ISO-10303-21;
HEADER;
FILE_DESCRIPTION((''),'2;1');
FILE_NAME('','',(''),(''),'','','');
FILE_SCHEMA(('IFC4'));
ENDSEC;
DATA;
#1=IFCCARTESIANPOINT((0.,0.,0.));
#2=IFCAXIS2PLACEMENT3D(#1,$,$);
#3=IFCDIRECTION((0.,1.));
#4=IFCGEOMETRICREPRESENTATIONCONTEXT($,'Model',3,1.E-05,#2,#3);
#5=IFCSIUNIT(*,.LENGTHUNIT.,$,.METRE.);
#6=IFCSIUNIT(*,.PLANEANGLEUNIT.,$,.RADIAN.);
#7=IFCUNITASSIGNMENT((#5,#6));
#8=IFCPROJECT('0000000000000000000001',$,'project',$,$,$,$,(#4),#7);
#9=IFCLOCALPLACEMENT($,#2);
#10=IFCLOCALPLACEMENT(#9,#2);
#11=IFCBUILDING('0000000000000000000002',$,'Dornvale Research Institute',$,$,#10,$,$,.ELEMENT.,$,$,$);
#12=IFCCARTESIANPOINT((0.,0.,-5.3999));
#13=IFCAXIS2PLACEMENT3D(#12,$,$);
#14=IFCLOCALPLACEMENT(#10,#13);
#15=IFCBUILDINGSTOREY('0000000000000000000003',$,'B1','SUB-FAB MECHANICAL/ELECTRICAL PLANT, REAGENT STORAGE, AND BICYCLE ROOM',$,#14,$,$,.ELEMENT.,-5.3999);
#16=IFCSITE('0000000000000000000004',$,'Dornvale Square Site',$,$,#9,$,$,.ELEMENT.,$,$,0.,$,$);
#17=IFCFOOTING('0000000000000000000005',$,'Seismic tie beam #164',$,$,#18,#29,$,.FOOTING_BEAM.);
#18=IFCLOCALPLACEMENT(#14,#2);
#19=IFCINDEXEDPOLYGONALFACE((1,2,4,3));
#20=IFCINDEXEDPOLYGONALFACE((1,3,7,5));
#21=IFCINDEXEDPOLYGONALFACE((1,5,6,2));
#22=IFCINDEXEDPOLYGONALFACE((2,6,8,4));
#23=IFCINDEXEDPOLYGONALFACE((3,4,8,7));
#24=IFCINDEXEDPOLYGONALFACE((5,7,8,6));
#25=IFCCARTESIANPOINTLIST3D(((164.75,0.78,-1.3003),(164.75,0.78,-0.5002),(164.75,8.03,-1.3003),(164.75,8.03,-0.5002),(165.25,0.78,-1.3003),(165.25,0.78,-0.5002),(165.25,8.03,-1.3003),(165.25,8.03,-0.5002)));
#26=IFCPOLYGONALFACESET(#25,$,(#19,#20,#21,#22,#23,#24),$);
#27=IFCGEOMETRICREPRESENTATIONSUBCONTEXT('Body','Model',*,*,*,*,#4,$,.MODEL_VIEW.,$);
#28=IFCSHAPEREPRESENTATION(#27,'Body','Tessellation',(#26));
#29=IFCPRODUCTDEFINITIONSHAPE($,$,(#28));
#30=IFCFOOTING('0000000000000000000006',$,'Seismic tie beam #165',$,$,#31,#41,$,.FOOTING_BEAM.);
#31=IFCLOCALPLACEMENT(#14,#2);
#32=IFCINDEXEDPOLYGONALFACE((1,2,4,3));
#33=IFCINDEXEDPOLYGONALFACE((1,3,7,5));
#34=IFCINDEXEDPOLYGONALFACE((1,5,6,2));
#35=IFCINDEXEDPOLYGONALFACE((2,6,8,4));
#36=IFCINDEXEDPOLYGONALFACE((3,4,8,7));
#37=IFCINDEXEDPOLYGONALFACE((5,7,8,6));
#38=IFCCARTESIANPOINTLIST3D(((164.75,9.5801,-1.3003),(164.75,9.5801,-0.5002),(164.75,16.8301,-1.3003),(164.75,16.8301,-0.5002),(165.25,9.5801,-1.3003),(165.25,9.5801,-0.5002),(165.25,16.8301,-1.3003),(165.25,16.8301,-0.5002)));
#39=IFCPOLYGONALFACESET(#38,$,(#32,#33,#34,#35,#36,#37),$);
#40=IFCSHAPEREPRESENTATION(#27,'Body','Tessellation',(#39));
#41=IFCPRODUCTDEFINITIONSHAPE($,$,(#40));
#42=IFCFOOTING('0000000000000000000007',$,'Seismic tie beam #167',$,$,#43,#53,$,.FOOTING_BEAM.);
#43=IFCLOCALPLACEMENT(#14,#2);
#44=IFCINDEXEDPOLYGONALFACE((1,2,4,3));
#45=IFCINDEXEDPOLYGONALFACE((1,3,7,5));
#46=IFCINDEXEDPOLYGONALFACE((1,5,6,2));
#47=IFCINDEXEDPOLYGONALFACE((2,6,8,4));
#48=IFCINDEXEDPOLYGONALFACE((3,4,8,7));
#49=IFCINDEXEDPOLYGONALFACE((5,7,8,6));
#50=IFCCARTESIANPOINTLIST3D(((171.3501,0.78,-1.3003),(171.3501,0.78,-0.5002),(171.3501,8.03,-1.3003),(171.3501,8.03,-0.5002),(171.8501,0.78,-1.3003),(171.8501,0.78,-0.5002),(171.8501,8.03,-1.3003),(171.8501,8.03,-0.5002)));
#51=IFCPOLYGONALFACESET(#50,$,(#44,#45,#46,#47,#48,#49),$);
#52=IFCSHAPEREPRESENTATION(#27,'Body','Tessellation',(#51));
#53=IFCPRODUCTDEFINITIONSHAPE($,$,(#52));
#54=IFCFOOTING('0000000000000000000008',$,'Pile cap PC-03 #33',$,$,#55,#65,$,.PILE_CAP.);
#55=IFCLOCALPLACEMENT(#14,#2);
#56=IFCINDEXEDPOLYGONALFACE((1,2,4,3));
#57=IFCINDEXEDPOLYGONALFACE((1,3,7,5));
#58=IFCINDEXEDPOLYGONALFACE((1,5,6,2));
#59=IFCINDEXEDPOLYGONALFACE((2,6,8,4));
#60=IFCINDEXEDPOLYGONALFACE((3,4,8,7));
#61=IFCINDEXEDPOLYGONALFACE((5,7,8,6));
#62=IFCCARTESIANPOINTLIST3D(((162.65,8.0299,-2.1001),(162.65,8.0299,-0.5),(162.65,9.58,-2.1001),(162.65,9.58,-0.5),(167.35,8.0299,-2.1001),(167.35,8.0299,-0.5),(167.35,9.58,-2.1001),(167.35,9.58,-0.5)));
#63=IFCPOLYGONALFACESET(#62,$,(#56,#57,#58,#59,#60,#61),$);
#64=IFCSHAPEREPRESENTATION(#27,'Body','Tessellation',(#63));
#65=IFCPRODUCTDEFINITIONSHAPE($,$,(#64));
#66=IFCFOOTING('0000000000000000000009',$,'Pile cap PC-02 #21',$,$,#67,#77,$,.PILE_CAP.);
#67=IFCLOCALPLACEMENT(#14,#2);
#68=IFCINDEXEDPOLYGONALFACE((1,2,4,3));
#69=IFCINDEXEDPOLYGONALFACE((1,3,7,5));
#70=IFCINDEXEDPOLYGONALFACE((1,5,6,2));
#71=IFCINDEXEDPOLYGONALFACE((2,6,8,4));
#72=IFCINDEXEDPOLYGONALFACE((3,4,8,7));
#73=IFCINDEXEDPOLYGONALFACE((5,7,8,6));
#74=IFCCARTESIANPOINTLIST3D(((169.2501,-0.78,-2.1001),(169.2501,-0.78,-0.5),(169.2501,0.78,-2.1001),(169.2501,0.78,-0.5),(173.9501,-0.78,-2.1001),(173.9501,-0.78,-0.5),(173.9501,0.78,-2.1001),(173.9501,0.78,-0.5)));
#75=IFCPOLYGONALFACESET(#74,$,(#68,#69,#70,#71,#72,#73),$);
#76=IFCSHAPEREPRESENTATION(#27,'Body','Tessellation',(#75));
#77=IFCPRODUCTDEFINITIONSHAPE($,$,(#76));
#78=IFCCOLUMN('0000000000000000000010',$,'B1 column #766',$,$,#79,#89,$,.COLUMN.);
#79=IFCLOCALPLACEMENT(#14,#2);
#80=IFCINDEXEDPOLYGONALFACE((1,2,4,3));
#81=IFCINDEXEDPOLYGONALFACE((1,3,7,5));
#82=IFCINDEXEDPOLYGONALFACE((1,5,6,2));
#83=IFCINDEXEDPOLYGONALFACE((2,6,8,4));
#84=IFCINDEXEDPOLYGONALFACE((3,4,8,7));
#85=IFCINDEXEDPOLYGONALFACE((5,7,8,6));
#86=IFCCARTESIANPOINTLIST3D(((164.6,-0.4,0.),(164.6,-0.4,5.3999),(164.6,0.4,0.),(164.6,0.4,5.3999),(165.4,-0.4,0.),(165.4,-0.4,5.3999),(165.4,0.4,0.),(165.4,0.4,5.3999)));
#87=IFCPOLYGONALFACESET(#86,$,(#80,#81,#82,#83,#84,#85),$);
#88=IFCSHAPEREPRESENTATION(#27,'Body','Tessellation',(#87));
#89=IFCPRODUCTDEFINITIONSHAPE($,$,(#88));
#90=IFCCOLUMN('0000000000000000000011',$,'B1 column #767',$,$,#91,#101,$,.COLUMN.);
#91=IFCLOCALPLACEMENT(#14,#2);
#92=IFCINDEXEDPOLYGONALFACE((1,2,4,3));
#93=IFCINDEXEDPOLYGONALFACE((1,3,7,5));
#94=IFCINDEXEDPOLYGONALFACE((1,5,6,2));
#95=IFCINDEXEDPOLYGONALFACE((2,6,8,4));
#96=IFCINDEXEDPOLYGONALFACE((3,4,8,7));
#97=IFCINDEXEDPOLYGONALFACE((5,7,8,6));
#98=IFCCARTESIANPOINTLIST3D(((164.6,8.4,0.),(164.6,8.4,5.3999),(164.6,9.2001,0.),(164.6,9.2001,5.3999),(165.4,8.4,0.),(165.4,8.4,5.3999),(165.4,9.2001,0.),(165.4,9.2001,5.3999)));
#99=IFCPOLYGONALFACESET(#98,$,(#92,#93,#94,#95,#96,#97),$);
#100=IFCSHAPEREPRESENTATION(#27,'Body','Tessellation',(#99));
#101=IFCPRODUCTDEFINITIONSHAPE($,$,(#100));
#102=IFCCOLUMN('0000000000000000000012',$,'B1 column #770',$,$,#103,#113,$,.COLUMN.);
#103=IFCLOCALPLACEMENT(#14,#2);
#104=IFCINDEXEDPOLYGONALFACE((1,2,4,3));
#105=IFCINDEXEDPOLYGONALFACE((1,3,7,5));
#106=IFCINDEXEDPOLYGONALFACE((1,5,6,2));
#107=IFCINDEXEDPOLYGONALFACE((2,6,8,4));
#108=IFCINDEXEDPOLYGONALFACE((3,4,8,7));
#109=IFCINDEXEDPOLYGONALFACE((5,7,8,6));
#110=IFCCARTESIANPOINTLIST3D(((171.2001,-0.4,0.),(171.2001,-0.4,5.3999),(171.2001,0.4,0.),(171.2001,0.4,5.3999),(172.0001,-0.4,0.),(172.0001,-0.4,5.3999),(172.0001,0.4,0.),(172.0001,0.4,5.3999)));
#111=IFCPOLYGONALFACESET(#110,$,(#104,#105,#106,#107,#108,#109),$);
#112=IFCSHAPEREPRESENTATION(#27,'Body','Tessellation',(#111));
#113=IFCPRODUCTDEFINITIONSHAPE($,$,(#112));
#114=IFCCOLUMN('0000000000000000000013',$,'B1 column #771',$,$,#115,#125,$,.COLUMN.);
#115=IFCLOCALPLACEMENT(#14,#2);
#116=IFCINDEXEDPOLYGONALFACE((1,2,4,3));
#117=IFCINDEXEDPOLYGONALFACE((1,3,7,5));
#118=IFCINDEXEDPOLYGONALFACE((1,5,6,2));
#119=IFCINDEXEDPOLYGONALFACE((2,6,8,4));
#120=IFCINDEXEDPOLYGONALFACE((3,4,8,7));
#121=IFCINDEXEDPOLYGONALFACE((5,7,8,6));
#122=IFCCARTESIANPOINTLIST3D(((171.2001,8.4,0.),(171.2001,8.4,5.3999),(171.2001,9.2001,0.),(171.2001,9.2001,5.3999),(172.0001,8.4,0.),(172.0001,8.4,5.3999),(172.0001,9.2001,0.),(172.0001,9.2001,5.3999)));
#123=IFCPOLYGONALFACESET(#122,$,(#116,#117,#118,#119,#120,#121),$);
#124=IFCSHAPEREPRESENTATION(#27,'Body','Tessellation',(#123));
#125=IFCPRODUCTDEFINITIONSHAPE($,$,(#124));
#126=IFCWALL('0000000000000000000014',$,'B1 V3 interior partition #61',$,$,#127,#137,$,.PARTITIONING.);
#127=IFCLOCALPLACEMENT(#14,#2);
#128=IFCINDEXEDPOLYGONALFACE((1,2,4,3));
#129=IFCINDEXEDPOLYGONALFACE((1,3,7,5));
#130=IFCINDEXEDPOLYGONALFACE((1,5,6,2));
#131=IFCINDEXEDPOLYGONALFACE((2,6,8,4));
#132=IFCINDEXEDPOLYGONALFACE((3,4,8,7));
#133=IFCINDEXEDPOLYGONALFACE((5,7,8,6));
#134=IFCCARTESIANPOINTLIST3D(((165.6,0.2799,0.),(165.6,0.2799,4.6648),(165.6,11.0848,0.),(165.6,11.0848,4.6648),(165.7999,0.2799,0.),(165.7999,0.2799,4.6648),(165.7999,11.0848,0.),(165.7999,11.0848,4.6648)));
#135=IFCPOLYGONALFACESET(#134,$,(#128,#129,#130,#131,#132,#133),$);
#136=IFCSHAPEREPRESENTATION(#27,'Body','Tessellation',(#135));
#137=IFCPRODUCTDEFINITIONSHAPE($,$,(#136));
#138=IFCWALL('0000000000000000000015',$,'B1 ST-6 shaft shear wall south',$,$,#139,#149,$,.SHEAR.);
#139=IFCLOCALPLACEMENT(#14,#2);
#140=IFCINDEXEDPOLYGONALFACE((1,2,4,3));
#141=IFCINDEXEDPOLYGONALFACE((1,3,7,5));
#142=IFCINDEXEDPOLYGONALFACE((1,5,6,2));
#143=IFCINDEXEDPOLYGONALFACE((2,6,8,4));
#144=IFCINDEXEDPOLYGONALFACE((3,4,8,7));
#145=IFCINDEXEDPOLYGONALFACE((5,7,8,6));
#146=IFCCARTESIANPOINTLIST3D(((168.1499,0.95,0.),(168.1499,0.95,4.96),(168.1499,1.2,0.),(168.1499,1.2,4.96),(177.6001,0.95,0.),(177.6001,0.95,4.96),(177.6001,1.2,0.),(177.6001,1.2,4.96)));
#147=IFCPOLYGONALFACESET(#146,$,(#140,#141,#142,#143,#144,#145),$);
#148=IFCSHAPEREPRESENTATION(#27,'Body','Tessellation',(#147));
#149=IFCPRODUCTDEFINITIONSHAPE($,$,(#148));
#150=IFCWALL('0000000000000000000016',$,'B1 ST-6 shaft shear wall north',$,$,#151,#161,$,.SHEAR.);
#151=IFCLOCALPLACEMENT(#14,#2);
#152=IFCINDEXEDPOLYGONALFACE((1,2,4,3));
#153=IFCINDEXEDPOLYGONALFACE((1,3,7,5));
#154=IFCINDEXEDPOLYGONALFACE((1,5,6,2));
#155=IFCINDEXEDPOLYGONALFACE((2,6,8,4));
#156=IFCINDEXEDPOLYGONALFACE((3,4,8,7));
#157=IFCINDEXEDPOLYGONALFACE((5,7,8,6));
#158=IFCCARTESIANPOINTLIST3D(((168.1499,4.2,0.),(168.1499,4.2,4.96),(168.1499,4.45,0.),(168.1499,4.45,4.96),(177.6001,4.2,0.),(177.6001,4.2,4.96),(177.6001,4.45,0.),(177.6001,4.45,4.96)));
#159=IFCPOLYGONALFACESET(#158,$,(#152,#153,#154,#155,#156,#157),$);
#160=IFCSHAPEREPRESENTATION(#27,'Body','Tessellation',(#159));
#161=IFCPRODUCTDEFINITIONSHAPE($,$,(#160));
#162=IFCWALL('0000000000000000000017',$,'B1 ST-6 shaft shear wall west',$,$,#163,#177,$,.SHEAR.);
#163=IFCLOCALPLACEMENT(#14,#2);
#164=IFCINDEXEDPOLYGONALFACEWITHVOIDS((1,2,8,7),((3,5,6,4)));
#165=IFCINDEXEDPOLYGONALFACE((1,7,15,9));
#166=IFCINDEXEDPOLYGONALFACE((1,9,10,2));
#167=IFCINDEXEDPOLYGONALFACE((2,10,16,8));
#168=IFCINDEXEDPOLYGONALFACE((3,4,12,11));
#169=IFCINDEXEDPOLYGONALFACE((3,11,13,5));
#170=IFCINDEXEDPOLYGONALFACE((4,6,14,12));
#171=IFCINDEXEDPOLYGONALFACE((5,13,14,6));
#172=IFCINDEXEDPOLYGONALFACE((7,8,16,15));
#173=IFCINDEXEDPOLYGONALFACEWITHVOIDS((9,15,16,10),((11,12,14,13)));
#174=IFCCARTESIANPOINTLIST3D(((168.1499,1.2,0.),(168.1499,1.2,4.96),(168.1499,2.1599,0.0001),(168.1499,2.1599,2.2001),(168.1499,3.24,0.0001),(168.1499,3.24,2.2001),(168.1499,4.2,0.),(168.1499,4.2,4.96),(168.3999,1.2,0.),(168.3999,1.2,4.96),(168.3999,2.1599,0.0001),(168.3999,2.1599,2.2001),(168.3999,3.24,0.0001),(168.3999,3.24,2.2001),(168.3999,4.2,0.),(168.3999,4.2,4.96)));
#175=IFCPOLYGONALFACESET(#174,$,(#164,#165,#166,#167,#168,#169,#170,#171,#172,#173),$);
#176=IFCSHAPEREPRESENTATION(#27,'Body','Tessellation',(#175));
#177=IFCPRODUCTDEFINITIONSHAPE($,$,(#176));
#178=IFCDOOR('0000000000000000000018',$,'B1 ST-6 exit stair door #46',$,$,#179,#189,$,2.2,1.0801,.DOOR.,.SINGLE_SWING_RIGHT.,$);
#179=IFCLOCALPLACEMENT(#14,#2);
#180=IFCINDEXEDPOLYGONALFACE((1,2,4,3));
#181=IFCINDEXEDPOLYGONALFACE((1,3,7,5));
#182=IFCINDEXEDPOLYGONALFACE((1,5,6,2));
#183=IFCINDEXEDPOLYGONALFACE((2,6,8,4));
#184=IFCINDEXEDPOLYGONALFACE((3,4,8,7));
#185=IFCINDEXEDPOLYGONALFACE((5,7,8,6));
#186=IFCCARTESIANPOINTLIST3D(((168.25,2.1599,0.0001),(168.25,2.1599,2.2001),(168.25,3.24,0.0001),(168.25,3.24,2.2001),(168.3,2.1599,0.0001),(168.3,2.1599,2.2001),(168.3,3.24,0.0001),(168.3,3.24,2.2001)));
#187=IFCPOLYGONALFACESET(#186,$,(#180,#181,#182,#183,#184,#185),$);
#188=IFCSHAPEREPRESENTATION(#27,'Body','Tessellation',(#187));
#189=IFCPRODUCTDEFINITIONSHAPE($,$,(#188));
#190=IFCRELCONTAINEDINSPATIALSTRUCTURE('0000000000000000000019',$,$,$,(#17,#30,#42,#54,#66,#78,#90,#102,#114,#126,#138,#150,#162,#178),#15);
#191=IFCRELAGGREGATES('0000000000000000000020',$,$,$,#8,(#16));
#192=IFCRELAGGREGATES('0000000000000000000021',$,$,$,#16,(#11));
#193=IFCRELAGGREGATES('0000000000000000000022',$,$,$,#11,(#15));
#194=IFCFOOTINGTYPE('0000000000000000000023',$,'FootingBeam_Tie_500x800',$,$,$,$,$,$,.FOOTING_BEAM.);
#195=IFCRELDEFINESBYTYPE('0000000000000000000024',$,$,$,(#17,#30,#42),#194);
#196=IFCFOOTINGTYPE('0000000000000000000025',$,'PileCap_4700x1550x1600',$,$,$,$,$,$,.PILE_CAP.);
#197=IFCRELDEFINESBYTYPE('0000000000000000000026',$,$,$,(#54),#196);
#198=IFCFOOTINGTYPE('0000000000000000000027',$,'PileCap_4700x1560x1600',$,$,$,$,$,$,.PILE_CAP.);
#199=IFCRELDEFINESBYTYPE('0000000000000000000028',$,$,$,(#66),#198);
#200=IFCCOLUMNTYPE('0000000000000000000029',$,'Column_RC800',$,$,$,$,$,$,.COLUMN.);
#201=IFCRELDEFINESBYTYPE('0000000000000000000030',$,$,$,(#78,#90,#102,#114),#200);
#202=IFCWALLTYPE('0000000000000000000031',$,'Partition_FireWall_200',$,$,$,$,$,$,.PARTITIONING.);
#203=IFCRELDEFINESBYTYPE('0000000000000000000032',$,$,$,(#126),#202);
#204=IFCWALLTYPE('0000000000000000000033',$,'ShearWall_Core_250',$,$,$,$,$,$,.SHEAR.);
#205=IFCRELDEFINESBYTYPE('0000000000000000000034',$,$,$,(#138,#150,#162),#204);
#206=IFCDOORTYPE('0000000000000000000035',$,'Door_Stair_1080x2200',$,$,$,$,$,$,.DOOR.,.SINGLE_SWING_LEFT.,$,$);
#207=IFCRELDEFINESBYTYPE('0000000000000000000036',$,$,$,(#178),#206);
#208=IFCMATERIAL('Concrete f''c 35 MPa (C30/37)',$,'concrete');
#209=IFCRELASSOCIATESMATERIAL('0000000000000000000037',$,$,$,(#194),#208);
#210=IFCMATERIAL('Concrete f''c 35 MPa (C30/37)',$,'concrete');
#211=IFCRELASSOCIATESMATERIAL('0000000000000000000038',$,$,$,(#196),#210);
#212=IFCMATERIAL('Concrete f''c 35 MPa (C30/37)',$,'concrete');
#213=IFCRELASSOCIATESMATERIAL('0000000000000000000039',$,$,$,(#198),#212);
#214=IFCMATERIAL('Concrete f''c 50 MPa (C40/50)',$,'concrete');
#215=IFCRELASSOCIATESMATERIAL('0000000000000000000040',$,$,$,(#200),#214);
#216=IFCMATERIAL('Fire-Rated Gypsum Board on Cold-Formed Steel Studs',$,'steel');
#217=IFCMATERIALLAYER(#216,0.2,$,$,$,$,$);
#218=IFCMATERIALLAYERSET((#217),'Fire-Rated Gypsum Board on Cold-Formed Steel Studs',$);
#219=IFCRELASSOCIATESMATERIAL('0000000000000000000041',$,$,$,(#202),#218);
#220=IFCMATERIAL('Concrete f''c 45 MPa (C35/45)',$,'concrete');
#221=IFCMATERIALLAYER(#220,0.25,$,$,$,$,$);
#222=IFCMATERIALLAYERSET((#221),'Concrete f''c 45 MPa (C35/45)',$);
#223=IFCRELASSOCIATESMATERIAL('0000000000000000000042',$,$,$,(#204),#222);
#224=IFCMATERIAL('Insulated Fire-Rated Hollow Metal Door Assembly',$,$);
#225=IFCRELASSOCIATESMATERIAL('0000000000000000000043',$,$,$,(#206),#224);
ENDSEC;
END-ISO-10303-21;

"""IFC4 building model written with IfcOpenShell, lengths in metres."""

from ifc_helpers import new_model, si_unit, direction, frame, frame_2d, origin, origin_2d, place, context, subcontext, project, spatial, rectangle, extrude, material, layer, layer_set, material_profile, profile_set, type_object, element, fill, save


model = new_model("IFC4")

# Units and contexts
model_context = context("Model", 3, precision=1e-05, world=origin(), true_north=direction((0.0, 1.0)))
body_context = subcontext(model_context, "Body", "Model", "MODEL_VIEW")
ifc_project = project(units=[si_unit("LENGTHUNIT", "METRE"), si_unit("PLANEANGLEUNIT", "RADIAN")], contexts=[model_context])

# Site, building, storey
site_placement = place(None, origin())
site = spatial("IfcSite", under=ifc_project, at=site_placement, Name="Dornvale Square Site", CompositionType="ELEMENT", RefElevation=0.0)
building_placement = place(site_placement, origin())
building = spatial("IfcBuilding", under=site, at=building_placement, Name="Dornvale Research Institute", CompositionType="ELEMENT")
storey_placement = place(building_placement, frame((0.0, 0.0, -5.3999)))
storey = spatial("IfcBuildingStorey", under=building, at=storey_placement, Name="B1", Description="SUB-FAB MECHANICAL/ELECTRICAL PLANT, REAGENT STORAGE, AND BICYCLE ROOM", CompositionType="ELEMENT", Elevation=-5.3999)

# Footings
ifc_material_1 = material(Name="Concrete f'c 35 MPa (C30/37)", Category="concrete")
footing_type_1 = type_object("IfcFootingType", Name="FootingBeam_Tie_500x800", PredefinedType="FOOTING_BEAM", material=ifc_material_1)
for number, where, z_axis, x_axis, name in (
    (1, (165.0, 4.405, -1.3003), (0.0, 0.0, 1.0), (0.0, 1.0, 0.0), "Seismic tie beam #164"),
    (2, (165.0, 13.2051, -1.3003), (0.0, 0.0, 1.0), (0.0, 1.0, 0.0), "Seismic tie beam #165"),
    (3, (171.6001, 4.405, -1.3003), (0.0, 0.0, 1.0), (0.0, 1.0, 0.0), "Seismic tie beam #167"),
):
    element("IfcFooting", number, at=place(storey_placement, frame(where, z_axis=z_axis, x_axis=x_axis)), inside=storey, type_object=footing_type_1, Name=name, PredefinedType="FOOTING_BEAM", context=body_context, shape_type="SweptSolid", body=[
        extrude(rectangle(XDim=7.25, YDim=0.5, at=origin_2d()), origin(), (0.0, 0.0, 1.0), 0.8),
    ])
ifc_material_2 = material(Name="Concrete f'c 35 MPa (C30/37)", Category="concrete")
footing_type_2 = type_object("IfcFootingType", Name="PileCap_4700x1550x1600", PredefinedType="PILE_CAP", material=ifc_material_2)
footing_1_placement = place(storey_placement, frame((165.0, 8.8049, -2.1001), z_axis=(0.0, 0.0, 1.0), x_axis=(1.0, 0.0, 0.0)))
element("IfcFooting", 4, at=footing_1_placement, inside=storey, type_object=footing_type_2, Name="Pile cap PC-03 #33", PredefinedType="PILE_CAP", context=body_context, shape_type="SweptSolid", body=[
    extrude(rectangle(XDim=4.7, YDim=1.55, at=origin_2d()), origin(), (0.0, 0.0, 1.0), 1.6001),
])
ifc_material_3 = material(Name="Concrete f'c 35 MPa (C30/37)", Category="concrete")
footing_type_3 = type_object("IfcFootingType", Name="PileCap_4700x1560x1600", PredefinedType="PILE_CAP", material=ifc_material_3)
footing_2_placement = place(storey_placement, frame((171.6001, 0.0, -2.1001), z_axis=(0.0, 0.0, 1.0), x_axis=(1.0, 0.0, 0.0)))
element("IfcFooting", 5, at=footing_2_placement, inside=storey, type_object=footing_type_3, Name="Pile cap PC-02 #21", PredefinedType="PILE_CAP", context=body_context, shape_type="SweptSolid", body=[
    extrude(rectangle(XDim=4.7, YDim=1.5601, at=origin_2d()), origin(), (0.0, 0.0, 1.0), 1.6001),
])

# Columns
ifc_material_4 = material(Name="Concrete f'c 50 MPa (C40/50)", Category="concrete")
ifc_material_profile_1 = material_profile(ifc_material_4, rectangle(XDim=0.8, YDim=0.8, at=origin_2d()), Name="RC 800x800")
ifc_profile_set_1 = profile_set([ifc_material_profile_1], Name="Concrete f'c 50 MPa (C40/50)")
column_type = type_object("IfcColumnType", Name="Column_RC800", PredefinedType="COLUMN", material=ifc_profile_set_1)
for number, where, z_axis, x_axis, name in (
    (6, (165.0, 0.0, 0.0), (0.0, 0.0, 1.0), (1.0, 0.0, 0.0), "B1 column #766"),
    (7, (165.0, 8.8, 0.0), (0.0, 0.0, 1.0), (1.0, 0.0, 0.0), "B1 column #767"),
    (8, (171.6001, 0.0, 0.0), (0.0, 0.0, 1.0), (1.0, 0.0, 0.0), "B1 column #770"),
    (9, (171.6001, 8.8, 0.0), (0.0, 0.0, 1.0), (1.0, 0.0, 0.0), "B1 column #771"),
):
    element("IfcColumn", number, at=place(storey_placement, frame(where, z_axis=z_axis, x_axis=x_axis)), inside=storey, type_object=column_type, Name=name, PredefinedType="COLUMN", context=body_context, shape_type="SweptSolid", body=[
        extrude(rectangle(XDim=0.8, YDim=0.8, at=origin_2d()), origin(), (0.0, 0.0, 1.0), 5.3999),
    ])

# Walls
ifc_material_5 = material(Name="Fire-Rated Gypsum Board on Cold-Formed Steel Studs", Category="steel")
ifc_layer_1 = layer(ifc_material_5, 0.2)
ifc_layer_set_1 = layer_set([ifc_layer_1], Name="Fire-Rated Gypsum Board on Cold-Formed Steel Studs")
wall_type_1 = type_object("IfcWallType", Name="Partition_FireWall_200", PredefinedType="PARTITIONING", material=ifc_layer_set_1)
wall_1_placement = place(storey_placement, frame((165.7, 0.28, 0.0), z_axis=(0.0, 0.0, 1.0), x_axis=(0.0, 1.0, 0.0)))
element("IfcWall", 10, at=wall_1_placement, inside=storey, type_object=wall_type_1, Name="B1 V3 interior partition #61", PredefinedType="PARTITIONING", context=body_context, shape_type="SweptSolid", body=[
    extrude(rectangle(XDim=10.8049, YDim=0.2, at=frame_2d((5.4023, 0.0))), origin(), (0.0, 0.0, 1.0), 4.6648),
])
ifc_material_6 = material(Name="Concrete f'c 45 MPa (C35/45)", Category="concrete")
ifc_layer_2 = layer(ifc_material_6, 0.25)
ifc_layer_set_2 = layer_set([ifc_layer_2], Name="Concrete f'c 45 MPa (C35/45)")
wall_type_2 = type_object("IfcWallType", Name="ShearWall_Core_250", PredefinedType="SHEAR", material=ifc_layer_set_2)
for number, where, z_axis, x_axis, name in (
    (11, (168.1499, 1.075, 0.0), (0.0, 0.0, 1.0), (1.0, 0.0, 0.0), "B1 ST-6 shaft shear wall south"),
    (12, (168.1499, 4.325, 0.0), (0.0, 0.0, 1.0), (1.0, 0.0, 0.0), "B1 ST-6 shaft shear wall north"),
):
    element("IfcWall", number, at=place(storey_placement, frame(where, z_axis=z_axis, x_axis=x_axis)), inside=storey, type_object=wall_type_2, Name=name, PredefinedType="SHEAR", context=body_context, shape_type="SweptSolid", body=[
        extrude(rectangle(XDim=9.4502, YDim=0.25, at=frame_2d((4.7251, 0.0))), origin(), (0.0, 0.0, 1.0), 4.96),
    ])

# Wall, opening, door
wall_2_placement = place(storey_placement, frame((168.2749, 1.2, 0.0), z_axis=(0.0, 0.0, 1.0), x_axis=(0.0, 1.0, 0.0)))
wall_2 = element("IfcWall", 13, at=wall_2_placement, inside=storey, type_object=wall_type_2, Name="B1 ST-6 shaft shear wall west", PredefinedType="SHEAR", context=body_context, shape_type="SweptSolid", body=[
    extrude(rectangle(XDim=3.0, YDim=0.25, at=frame_2d((1.5, 0.0))), origin(), (0.0, 0.0, 1.0), 4.96),
])
opening_placement = place(wall_2_placement, frame((0.96, 0.0, 0.0)))
opening = element("IfcOpeningElement", 14, at=opening_placement, cuts=wall_2, PredefinedType="OPENING", context=body_context, shape_type="SweptSolid", body=[
    extrude(rectangle(XDim=1.0801, YDim=2.2, at=frame_2d((0.54, 1.1001))), frame((0.0, 0.1399, 0.0), z_axis=(0.0, -1.0, 0.0), x_axis=(1.0, 0.0, 0.0)), (0.0, 0.0, 1.0), 0.28),
])
ifc_material_7 = material(Name="Insulated Fire-Rated Hollow Metal Door Assembly")
door_type = type_object("IfcDoorType", Name="Door_Stair_1080x2200", OperationType="SINGLE_SWING_LEFT", PredefinedType="DOOR", material=ifc_material_7)
door_placement = place(opening_placement, origin())
door = element("IfcDoor", 15, at=door_placement, inside=storey, type_object=door_type, Name="B1 ST-6 exit stair door #46", OperationType="SINGLE_SWING_RIGHT", OverallHeight=2.2, OverallWidth=1.0801, PredefinedType="DOOR", context=body_context, shape_type="SweptSolid", body=[
    extrude(rectangle(XDim=1.0801, YDim=2.2, at=frame_2d((0.54, 1.1001))), frame((0.0, 0.0249, 0.0), z_axis=(0.0, -1.0, 0.0), x_axis=(1.0, 0.0, 0.0)), (0.0, 0.0, 1.0), 0.05),
])
fill(opening, door)

save(model, "model.ifc")
